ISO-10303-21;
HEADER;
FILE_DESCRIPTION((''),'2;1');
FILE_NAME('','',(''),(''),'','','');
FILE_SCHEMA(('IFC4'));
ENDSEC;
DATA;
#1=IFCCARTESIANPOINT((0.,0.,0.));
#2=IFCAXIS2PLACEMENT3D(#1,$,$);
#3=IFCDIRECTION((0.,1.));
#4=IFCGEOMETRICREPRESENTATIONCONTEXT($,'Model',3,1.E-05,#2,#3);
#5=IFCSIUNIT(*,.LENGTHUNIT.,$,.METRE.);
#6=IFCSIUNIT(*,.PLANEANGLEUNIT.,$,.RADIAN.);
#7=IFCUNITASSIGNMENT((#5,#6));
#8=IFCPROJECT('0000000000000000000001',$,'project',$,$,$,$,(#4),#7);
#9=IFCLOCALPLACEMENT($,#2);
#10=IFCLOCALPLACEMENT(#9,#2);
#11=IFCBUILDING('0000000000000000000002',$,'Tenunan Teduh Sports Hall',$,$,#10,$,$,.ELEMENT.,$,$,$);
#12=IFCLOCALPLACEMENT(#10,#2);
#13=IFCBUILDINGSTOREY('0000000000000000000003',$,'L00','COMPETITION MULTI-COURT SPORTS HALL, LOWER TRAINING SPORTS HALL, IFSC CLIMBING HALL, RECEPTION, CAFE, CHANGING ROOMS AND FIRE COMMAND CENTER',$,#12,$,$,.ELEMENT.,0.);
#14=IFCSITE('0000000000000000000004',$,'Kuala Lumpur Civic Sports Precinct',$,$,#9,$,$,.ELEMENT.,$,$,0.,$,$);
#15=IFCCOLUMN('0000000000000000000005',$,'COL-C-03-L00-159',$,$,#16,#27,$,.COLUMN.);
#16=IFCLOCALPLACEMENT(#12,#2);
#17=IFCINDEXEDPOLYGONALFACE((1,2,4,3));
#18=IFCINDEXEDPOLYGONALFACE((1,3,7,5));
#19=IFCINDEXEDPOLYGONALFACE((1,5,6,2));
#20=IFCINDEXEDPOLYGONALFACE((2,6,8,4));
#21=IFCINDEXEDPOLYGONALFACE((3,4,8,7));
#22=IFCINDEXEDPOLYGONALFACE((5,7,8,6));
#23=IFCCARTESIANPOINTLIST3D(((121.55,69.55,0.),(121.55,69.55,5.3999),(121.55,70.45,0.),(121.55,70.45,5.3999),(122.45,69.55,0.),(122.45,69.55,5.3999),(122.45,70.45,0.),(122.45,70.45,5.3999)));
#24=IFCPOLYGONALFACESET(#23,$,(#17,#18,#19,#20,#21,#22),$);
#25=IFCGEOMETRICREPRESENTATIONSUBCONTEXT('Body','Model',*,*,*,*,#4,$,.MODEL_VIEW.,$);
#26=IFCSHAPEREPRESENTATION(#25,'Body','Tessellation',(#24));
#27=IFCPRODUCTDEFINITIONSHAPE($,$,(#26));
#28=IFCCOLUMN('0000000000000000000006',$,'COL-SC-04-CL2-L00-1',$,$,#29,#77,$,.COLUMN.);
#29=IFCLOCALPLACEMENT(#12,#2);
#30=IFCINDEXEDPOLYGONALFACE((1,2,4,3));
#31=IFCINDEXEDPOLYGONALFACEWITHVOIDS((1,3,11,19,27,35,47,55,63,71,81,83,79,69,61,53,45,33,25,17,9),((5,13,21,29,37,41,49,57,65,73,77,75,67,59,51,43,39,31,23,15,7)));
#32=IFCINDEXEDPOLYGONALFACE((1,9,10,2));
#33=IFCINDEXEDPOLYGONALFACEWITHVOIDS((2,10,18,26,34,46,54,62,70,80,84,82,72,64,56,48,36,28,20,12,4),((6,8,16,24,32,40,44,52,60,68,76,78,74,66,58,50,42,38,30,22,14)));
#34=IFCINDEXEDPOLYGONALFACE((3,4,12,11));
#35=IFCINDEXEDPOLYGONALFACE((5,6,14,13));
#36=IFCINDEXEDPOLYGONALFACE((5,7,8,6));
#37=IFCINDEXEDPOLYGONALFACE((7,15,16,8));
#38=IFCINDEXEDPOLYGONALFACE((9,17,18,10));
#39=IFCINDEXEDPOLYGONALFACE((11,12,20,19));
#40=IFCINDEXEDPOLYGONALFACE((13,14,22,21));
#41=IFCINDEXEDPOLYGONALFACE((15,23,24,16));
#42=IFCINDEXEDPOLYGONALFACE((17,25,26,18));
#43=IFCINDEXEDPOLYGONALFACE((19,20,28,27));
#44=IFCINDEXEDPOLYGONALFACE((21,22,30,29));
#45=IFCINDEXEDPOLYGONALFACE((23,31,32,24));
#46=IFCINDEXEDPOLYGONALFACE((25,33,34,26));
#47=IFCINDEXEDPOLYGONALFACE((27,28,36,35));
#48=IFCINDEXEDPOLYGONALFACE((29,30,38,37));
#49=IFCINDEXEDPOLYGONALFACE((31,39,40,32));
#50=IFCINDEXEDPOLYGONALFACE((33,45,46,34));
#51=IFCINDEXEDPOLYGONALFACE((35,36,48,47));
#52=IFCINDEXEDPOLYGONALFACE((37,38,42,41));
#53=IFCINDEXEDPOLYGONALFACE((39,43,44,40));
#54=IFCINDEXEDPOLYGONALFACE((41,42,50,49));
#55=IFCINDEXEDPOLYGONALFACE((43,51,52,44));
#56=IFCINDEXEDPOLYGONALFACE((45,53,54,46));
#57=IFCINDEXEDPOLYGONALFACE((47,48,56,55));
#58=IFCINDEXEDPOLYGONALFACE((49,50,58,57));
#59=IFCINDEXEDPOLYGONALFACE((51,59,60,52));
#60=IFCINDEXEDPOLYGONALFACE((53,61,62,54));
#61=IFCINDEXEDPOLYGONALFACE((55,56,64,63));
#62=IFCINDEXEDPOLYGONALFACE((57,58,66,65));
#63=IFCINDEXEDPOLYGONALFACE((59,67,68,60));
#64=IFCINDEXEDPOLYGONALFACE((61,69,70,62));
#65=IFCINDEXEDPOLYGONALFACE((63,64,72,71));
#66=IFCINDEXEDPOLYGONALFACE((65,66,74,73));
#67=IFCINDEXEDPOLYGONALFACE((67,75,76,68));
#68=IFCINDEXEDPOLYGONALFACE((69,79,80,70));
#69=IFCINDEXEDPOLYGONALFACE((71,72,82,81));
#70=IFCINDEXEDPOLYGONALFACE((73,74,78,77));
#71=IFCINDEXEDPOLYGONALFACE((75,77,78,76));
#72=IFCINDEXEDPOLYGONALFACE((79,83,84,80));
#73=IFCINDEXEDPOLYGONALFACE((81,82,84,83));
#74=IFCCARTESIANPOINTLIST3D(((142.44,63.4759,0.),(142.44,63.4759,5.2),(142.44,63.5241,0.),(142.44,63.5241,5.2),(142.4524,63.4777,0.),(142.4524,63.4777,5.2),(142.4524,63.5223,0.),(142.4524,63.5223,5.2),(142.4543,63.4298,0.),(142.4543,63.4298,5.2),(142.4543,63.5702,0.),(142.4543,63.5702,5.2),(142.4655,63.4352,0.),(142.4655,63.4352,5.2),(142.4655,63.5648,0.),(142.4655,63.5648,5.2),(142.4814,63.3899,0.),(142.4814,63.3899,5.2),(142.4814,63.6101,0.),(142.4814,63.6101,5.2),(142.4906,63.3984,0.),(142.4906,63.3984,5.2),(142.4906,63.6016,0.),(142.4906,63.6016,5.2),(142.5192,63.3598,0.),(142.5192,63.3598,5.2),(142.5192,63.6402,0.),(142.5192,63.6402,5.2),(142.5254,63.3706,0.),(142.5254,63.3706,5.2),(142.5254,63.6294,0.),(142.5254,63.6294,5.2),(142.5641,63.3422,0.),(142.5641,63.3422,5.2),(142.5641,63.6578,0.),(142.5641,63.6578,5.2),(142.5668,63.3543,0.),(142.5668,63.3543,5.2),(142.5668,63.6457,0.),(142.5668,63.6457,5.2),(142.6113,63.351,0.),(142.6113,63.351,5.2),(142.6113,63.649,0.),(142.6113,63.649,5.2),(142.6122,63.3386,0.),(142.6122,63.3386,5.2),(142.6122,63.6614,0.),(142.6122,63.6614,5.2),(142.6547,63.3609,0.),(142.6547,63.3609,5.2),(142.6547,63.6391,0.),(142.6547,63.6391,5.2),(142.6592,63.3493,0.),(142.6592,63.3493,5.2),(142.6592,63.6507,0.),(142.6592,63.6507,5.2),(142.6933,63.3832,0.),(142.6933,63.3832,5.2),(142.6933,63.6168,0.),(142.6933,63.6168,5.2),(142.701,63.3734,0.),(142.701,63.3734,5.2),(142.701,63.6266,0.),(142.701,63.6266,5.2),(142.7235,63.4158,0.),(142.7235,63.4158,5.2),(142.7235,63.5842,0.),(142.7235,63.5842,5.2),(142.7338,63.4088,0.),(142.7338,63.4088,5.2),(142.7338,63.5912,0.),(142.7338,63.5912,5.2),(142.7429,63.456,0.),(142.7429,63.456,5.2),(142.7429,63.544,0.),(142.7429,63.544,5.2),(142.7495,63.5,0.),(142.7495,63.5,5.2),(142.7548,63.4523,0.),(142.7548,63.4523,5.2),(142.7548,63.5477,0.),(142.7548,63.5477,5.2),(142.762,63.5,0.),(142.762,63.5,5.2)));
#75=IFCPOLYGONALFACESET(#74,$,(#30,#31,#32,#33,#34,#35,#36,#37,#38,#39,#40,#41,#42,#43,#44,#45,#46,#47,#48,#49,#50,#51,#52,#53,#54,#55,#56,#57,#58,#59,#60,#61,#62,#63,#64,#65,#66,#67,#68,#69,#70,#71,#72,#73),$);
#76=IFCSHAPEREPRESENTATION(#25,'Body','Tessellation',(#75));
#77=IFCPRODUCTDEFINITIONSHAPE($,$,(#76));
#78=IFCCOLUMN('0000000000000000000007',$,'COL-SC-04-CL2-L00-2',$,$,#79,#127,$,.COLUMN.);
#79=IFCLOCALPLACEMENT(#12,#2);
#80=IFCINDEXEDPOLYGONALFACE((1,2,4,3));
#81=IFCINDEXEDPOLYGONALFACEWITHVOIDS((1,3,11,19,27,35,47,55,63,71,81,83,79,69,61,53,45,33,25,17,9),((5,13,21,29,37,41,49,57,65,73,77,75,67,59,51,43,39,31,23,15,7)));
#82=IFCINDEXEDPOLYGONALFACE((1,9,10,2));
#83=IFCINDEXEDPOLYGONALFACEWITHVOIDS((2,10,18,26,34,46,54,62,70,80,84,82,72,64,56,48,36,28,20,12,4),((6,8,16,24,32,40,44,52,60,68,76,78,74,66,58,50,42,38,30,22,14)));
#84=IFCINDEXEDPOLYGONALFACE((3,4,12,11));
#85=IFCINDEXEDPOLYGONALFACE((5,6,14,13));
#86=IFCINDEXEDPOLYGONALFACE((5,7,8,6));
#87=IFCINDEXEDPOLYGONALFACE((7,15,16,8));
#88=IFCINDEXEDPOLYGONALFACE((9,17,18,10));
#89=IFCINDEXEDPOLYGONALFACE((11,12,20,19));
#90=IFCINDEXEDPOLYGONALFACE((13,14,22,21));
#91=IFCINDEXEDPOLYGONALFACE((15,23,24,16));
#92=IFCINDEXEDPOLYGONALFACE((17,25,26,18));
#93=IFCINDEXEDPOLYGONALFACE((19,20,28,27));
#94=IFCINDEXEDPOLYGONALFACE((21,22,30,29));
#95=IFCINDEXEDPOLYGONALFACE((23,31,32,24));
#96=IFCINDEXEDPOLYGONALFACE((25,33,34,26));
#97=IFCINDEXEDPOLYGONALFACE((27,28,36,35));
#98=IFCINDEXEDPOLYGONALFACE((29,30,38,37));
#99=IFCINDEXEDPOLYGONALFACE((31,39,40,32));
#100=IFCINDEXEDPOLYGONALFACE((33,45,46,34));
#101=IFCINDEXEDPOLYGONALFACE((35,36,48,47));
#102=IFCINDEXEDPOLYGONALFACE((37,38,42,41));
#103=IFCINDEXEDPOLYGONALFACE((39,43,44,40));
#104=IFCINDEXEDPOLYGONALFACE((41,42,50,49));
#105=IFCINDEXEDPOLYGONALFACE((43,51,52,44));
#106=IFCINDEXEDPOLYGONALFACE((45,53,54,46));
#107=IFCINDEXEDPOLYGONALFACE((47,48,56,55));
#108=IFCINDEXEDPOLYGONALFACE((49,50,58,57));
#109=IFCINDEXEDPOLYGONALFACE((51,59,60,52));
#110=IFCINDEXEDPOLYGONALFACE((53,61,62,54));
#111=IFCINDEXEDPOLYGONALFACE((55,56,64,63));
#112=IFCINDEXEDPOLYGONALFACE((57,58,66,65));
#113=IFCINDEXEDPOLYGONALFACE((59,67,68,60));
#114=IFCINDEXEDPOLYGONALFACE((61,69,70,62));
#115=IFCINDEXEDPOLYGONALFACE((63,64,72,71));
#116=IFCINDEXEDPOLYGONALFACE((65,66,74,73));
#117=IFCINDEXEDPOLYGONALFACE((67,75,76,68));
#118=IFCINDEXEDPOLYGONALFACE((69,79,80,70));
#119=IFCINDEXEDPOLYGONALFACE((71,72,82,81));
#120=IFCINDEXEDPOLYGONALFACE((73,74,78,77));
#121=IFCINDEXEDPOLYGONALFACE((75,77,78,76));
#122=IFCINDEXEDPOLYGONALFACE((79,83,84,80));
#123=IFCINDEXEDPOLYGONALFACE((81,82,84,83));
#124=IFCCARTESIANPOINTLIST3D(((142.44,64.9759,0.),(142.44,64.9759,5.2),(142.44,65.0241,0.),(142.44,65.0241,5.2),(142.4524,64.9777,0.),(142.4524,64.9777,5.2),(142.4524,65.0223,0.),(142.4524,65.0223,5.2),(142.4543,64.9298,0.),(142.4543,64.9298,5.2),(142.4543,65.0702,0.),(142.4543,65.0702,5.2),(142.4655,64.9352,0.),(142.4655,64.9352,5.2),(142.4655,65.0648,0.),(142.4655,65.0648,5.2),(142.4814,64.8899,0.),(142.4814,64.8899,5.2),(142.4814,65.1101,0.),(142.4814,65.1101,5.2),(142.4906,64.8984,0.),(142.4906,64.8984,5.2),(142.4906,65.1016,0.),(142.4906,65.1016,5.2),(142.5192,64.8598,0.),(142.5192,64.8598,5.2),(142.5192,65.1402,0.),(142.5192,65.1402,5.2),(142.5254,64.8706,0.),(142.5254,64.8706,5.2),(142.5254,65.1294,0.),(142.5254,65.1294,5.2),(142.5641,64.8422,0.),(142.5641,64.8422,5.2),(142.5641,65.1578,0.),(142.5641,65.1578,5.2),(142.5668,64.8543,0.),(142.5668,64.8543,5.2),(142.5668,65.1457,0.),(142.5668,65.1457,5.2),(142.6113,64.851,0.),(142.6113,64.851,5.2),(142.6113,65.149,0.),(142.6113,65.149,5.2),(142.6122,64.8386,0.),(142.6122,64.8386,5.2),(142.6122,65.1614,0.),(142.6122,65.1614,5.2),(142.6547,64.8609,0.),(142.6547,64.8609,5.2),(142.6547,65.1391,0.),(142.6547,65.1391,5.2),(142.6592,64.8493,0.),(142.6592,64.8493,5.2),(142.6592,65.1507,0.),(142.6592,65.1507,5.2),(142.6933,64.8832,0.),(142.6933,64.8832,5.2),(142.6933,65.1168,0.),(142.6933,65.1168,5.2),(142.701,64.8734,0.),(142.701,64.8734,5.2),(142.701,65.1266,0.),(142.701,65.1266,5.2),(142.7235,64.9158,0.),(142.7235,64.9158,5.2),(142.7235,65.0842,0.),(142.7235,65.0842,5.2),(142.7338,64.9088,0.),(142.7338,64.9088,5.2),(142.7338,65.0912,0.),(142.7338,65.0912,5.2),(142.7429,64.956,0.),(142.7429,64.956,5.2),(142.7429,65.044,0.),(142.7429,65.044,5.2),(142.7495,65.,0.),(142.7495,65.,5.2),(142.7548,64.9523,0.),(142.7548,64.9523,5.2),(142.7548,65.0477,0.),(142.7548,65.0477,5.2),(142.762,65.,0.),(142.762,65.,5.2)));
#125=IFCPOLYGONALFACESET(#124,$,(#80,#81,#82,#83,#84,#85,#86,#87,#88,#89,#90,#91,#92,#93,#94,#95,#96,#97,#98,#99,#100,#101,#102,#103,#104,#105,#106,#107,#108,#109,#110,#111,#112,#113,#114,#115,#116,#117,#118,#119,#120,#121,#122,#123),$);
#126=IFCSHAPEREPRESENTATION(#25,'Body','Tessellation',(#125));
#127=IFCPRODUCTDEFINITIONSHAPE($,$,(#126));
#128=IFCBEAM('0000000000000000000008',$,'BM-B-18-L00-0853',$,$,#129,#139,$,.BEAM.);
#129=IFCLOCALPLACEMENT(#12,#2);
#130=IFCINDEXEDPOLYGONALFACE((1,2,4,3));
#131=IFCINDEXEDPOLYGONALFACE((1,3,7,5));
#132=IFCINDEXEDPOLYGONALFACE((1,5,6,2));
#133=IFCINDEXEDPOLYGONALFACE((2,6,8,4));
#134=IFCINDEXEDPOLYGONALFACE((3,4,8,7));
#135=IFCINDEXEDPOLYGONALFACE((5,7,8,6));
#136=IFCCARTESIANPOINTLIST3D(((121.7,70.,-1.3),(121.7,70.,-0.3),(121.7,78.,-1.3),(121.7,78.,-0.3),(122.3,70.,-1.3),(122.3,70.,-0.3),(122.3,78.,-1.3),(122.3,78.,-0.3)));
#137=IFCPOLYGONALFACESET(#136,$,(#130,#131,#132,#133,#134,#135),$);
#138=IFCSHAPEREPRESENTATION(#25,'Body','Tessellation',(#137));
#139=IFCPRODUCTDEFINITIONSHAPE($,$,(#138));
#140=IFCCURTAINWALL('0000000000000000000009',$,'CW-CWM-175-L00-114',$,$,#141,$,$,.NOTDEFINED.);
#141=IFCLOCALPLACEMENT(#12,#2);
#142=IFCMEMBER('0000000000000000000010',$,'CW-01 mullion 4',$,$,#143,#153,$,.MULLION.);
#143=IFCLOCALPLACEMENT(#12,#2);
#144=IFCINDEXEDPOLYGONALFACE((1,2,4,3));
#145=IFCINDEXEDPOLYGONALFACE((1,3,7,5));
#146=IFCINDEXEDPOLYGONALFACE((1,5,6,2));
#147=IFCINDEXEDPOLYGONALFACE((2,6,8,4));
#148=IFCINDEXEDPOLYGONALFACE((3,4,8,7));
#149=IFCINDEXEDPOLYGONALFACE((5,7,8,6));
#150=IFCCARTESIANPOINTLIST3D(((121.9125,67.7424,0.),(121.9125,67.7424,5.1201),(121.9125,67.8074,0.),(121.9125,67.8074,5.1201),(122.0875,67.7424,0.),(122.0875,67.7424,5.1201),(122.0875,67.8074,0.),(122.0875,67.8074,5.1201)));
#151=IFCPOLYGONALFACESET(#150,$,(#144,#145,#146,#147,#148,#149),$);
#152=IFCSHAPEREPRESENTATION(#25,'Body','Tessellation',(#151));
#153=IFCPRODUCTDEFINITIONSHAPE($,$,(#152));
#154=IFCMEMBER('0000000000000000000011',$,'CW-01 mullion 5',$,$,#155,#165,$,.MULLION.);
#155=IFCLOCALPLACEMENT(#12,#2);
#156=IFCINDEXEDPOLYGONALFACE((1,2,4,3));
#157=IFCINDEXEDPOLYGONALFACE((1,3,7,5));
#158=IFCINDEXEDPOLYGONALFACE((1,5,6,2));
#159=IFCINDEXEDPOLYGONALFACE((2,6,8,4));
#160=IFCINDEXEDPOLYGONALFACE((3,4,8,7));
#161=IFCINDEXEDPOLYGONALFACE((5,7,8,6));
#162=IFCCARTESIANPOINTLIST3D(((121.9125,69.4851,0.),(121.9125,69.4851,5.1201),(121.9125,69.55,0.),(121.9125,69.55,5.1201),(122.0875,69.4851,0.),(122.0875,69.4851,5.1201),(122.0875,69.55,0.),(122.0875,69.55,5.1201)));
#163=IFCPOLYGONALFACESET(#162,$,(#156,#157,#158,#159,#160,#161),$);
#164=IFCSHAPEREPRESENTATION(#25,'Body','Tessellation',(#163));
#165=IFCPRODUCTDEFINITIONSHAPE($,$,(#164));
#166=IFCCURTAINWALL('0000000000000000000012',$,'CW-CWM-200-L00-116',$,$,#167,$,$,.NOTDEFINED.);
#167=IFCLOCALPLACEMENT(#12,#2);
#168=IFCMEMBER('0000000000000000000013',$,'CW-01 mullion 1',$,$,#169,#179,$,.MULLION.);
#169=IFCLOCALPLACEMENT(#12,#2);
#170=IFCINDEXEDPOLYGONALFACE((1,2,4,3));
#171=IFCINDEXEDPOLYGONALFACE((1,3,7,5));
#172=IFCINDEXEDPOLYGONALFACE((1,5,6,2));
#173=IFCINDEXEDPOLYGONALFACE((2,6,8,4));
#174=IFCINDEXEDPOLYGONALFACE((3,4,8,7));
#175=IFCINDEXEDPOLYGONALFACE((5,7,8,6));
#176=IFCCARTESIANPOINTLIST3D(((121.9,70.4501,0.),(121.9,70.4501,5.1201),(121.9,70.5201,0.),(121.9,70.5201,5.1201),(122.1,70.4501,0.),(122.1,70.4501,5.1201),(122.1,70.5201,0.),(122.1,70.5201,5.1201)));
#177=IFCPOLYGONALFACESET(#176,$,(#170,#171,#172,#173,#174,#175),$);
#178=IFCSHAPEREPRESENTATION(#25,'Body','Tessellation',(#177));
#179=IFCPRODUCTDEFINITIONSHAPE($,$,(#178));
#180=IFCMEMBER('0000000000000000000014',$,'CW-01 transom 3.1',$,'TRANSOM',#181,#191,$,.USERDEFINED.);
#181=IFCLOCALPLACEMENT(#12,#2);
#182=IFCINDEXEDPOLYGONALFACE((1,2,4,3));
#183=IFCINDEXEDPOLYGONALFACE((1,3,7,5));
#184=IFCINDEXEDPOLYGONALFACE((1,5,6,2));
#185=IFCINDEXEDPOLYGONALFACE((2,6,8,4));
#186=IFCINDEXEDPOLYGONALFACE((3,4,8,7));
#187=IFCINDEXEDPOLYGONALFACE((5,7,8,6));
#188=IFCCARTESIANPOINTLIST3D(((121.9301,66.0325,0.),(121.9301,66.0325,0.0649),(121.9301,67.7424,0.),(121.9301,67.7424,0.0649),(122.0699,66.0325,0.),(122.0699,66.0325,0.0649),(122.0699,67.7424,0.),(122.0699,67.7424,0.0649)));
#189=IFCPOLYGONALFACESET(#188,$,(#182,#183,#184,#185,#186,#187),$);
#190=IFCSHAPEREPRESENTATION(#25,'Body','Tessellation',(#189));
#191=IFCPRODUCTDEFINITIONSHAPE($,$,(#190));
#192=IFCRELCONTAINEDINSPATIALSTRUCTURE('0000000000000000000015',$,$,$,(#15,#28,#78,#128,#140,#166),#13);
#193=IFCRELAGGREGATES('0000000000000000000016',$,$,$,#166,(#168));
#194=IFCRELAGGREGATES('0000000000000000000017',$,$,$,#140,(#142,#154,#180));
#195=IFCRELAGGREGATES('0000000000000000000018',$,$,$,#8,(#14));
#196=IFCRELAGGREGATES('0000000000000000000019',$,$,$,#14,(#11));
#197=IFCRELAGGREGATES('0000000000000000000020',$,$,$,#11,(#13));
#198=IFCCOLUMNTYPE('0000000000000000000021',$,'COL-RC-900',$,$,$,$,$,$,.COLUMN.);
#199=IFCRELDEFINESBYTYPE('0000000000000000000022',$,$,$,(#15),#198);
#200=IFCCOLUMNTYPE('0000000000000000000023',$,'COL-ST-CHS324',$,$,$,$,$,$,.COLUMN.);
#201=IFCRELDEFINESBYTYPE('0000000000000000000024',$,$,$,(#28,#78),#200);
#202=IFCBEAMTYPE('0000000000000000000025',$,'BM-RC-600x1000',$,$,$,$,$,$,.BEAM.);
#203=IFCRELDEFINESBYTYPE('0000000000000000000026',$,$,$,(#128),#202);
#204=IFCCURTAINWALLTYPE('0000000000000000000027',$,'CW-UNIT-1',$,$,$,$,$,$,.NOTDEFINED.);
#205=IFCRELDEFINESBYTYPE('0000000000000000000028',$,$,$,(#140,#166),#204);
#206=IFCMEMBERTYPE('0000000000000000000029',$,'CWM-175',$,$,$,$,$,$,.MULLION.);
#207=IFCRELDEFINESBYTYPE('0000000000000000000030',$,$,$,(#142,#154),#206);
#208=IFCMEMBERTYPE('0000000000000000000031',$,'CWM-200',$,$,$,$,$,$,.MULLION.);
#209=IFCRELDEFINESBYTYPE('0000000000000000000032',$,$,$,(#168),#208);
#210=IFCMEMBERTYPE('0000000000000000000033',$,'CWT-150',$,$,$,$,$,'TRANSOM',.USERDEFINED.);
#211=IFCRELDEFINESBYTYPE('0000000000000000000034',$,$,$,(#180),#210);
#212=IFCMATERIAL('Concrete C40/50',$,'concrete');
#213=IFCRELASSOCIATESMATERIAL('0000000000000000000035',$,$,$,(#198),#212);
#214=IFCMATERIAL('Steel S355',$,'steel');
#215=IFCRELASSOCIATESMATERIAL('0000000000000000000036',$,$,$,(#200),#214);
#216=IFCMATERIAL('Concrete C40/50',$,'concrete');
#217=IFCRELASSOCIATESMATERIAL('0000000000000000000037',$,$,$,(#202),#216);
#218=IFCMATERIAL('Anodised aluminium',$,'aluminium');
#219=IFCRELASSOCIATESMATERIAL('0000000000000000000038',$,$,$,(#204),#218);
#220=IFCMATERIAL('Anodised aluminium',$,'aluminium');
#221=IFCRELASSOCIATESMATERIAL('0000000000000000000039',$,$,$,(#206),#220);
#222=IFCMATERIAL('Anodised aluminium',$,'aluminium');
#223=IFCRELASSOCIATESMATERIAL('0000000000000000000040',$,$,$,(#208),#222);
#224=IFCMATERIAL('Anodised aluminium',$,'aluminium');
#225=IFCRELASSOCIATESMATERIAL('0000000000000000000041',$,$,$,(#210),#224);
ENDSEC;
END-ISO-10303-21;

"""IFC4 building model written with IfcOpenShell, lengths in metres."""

from ifc_helpers import new_model, si_unit, direction, frame, origin, origin_2d, place, context, subcontext, project, spatial, rectangle, hollow_circle, extrude, material, material_profile, profile_set, type_object, element, aggregate, save


model = new_model("IFC4")

# Units and contexts
model_context = context("Model", 3, precision=1e-05, world=origin(), true_north=direction((0.0, 1.0)))
body_context = subcontext(model_context, "Body", "Model", "MODEL_VIEW")
ifc_project = project(units=[si_unit("LENGTHUNIT", "METRE"), si_unit("PLANEANGLEUNIT", "RADIAN")], contexts=[model_context])

# Site, building, storey
site_placement = place(None, origin())
site = spatial("IfcSite", under=ifc_project, at=site_placement, Name="Kuala Lumpur Civic Sports Precinct", CompositionType="ELEMENT", RefElevation=0.0)
building_placement = place(site_placement, origin())
building = spatial("IfcBuilding", under=site, at=building_placement, Name="Tenunan Teduh Sports Hall", CompositionType="ELEMENT")
storey_placement = place(building_placement, origin())
storey = spatial("IfcBuildingStorey", under=building, at=storey_placement, Name="L00", Description="COMPETITION MULTI-COURT SPORTS HALL, LOWER TRAINING SPORTS HALL, IFSC CLIMBING HALL, RECEPTION, CAFE, CHANGING ROOMS AND FIRE COMMAND CENTER", CompositionType="ELEMENT", Elevation=0.0)

# Columns
ifc_material_1 = material(Name="Concrete C40/50", Category="concrete")
ifc_material_profile_1 = material_profile(ifc_material_1, rectangle(XDim=0.8999, YDim=0.8999, at=origin_2d()), Name="RC 900x900")
ifc_profile_set_1 = profile_set([ifc_material_profile_1], Name="Concrete C40/50")
column_type_1 = type_object("IfcColumnType", Name="COL-RC-900", PredefinedType="COLUMN", material=ifc_profile_set_1)
column_placement = place(storey_placement, frame((122.0, 70.0, 0.0), z_axis=(0.0, 0.0, 1.0), x_axis=(1.0, 0.0, 0.0)))
element("IfcColumn", 1, at=column_placement, inside=storey, type_object=column_type_1, Name="COL-C-03-L00-159", PredefinedType="COLUMN", context=body_context, shape_type="SweptSolid", body=[
    extrude(rectangle(XDim=0.8999, YDim=0.8999, at=origin_2d()), origin(), (0.0, 0.0, 1.0), 5.3999),
])
ifc_material_2 = material(Name="Steel S355", Category="steel")
ifc_material_profile_2 = material_profile(ifc_material_2, hollow_circle(Radius=0.1619, WallThickness=0.0125, at=origin_2d()), Name="CHS 323.9x12.5")
ifc_profile_set_2 = profile_set([ifc_material_profile_2], Name="Steel S355")
column_type_2 = type_object("IfcColumnType", Name="COL-ST-CHS324", PredefinedType="COLUMN", material=ifc_profile_set_2)
for number, where, z_axis, x_axis, name in (
    (2, (142.6001, 63.5, 0.0), (0.0, 0.0, 1.0), (1.0, 0.0, 0.0), "COL-SC-04-CL2-L00-1"),
    (3, (142.6001, 65.0, 0.0), (0.0, 0.0, 1.0), (1.0, 0.0, 0.0), "COL-SC-04-CL2-L00-2"),
):
    element("IfcColumn", number, at=place(storey_placement, frame(where, z_axis=z_axis, x_axis=x_axis)), inside=storey, type_object=column_type_2, Name=name, PredefinedType="COLUMN", context=body_context, shape_type="SweptSolid", body=[
        extrude(hollow_circle(Radius=0.1619, WallThickness=0.0125, at=origin_2d()), origin(), (0.0, 0.0, 1.0), 5.2),
    ])

# Beam
ifc_material_3 = material(Name="Concrete C40/50", Category="concrete")
ifc_material_profile_3 = material_profile(ifc_material_3, rectangle(XDim=0.6001, YDim=1.0, at=origin_2d()), Name="RCB 600x1000")
ifc_profile_set_3 = profile_set([ifc_material_profile_3], Name="Concrete C40/50")
beam_type = type_object("IfcBeamType", Name="BM-RC-600x1000", PredefinedType="BEAM", material=ifc_profile_set_3)
beam_placement = place(storey_placement, frame((122.0, 70.0, -0.8), z_axis=(0.0, 1.0, 0.0), x_axis=(-1.0, 0.0, 0.0)))
element("IfcBeam", 4, at=beam_placement, inside=storey, type_object=beam_type, Name="BM-B-18-L00-0853", PredefinedType="BEAM", context=body_context, shape_type="SweptSolid", body=[
    extrude(rectangle(XDim=0.6001, YDim=1.0, at=origin_2d()), origin(), (0.0, 0.0, 1.0), 8.0),
])

# Curtain wall, members
ifc_material_4 = material(Name="Anodised aluminium", Category="aluminium")
curtain_wall_type = type_object("IfcCurtainWallType", Name="CW-UNIT-1", PredefinedType="NOTDEFINED", material=ifc_material_4)
curtain_wall_1_placement = place(storey_placement, origin())
curtain_wall_1 = element("IfcCurtainWall", 5, at=curtain_wall_1_placement, inside=storey, type_object=curtain_wall_type, Name="CW-CWM-175-L00-114", PredefinedType="NOTDEFINED")
ifc_material_5 = material(Name="Anodised aluminium", Category="aluminium")
ifc_material_profile_4 = material_profile(ifc_material_5, rectangle(XDim=0.0649, YDim=0.175, at=origin_2d()), Name="CWM 65x175")
ifc_profile_set_4 = profile_set([ifc_material_profile_4], Name="Anodised aluminium")
member_type_1 = type_object("IfcMemberType", Name="CWM-175", PredefinedType="MULLION", material=ifc_profile_set_4)
member_1_placement = place(storey_placement, frame((122.0, 67.7749, 0.0), z_axis=(0.0, 0.0, 1.0), x_axis=(0.0, 1.0, 0.0)))
member_1 = element("IfcMember", 6, at=member_1_placement, type_object=member_type_1, Name="CW-01 mullion 4", PredefinedType="MULLION", context=body_context, shape_type="SweptSolid", body=[
    extrude(rectangle(XDim=0.0649, YDim=0.175, at=origin_2d()), origin(), (0.0, 0.0, 1.0), 5.1201),
])
member_2_placement = place(storey_placement, frame((122.0, 69.5176, 0.0), z_axis=(0.0, 0.0, 1.0), x_axis=(0.0, 1.0, 0.0)))
member_2 = element("IfcMember", 7, at=member_2_placement, type_object=member_type_1, Name="CW-01 mullion 5", PredefinedType="MULLION", context=body_context, shape_type="SweptSolid", body=[
    extrude(rectangle(XDim=0.0649, YDim=0.175, at=origin_2d()), origin(), (0.0, 0.0, 1.0), 5.1201),
])

# Curtain wall, member
curtain_wall_2_placement = place(storey_placement, origin())
curtain_wall_2 = element("IfcCurtainWall", 8, at=curtain_wall_2_placement, inside=storey, type_object=curtain_wall_type, Name="CW-CWM-200-L00-116", PredefinedType="NOTDEFINED")
ifc_material_6 = material(Name="Anodised aluminium", Category="aluminium")
ifc_material_profile_5 = material_profile(ifc_material_6, rectangle(XDim=0.0701, YDim=0.2, at=origin_2d()), Name="CWM 70x200")
ifc_profile_set_5 = profile_set([ifc_material_profile_5], Name="Anodised aluminium")
member_type_2 = type_object("IfcMemberType", Name="CWM-200", PredefinedType="MULLION", material=ifc_profile_set_5)
member_3_placement = place(storey_placement, frame((122.0, 70.4851, 0.0), z_axis=(0.0, 0.0, 1.0), x_axis=(0.0, 1.0, 0.0)))
member_3 = element("IfcMember", 9, at=member_3_placement, type_object=member_type_2, Name="CW-01 mullion 1", PredefinedType="MULLION", context=body_context, shape_type="SweptSolid", body=[
    extrude(rectangle(XDim=0.0701, YDim=0.2, at=origin_2d()), origin(), (0.0, 0.0, 1.0), 5.1201),
])

# Member
ifc_material_7 = material(Name="Anodised aluminium", Category="aluminium")
ifc_material_profile_6 = material_profile(ifc_material_7, rectangle(XDim=0.0649, YDim=0.1399, at=origin_2d()), Name="CWT 65x140")
ifc_profile_set_6 = profile_set([ifc_material_profile_6], Name="Anodised aluminium")
member_type_3 = type_object("IfcMemberType", Name="CWT-150", ElementType="TRANSOM", PredefinedType="USERDEFINED", material=ifc_profile_set_6)
member_4_placement = place(storey_placement, frame((122.0, 66.0325, 0.0325), z_axis=(0.0, 1.0, 0.0), x_axis=(0.0, 0.0, 1.0)))
member_4 = element("IfcMember", 10, at=member_4_placement, type_object=member_type_3, Name="CW-01 transom 3.1", ObjectType="TRANSOM", PredefinedType="USERDEFINED", context=body_context, shape_type="SweptSolid", body=[
    extrude(rectangle(XDim=0.0649, YDim=0.1399, at=origin_2d()), origin(), (0.0, 0.0, 1.0), 1.71),
])
aggregate(curtain_wall_2, [member_3])

aggregate(curtain_wall_1, [member_1, member_2, member_4])

save(model, "model.ifc")
